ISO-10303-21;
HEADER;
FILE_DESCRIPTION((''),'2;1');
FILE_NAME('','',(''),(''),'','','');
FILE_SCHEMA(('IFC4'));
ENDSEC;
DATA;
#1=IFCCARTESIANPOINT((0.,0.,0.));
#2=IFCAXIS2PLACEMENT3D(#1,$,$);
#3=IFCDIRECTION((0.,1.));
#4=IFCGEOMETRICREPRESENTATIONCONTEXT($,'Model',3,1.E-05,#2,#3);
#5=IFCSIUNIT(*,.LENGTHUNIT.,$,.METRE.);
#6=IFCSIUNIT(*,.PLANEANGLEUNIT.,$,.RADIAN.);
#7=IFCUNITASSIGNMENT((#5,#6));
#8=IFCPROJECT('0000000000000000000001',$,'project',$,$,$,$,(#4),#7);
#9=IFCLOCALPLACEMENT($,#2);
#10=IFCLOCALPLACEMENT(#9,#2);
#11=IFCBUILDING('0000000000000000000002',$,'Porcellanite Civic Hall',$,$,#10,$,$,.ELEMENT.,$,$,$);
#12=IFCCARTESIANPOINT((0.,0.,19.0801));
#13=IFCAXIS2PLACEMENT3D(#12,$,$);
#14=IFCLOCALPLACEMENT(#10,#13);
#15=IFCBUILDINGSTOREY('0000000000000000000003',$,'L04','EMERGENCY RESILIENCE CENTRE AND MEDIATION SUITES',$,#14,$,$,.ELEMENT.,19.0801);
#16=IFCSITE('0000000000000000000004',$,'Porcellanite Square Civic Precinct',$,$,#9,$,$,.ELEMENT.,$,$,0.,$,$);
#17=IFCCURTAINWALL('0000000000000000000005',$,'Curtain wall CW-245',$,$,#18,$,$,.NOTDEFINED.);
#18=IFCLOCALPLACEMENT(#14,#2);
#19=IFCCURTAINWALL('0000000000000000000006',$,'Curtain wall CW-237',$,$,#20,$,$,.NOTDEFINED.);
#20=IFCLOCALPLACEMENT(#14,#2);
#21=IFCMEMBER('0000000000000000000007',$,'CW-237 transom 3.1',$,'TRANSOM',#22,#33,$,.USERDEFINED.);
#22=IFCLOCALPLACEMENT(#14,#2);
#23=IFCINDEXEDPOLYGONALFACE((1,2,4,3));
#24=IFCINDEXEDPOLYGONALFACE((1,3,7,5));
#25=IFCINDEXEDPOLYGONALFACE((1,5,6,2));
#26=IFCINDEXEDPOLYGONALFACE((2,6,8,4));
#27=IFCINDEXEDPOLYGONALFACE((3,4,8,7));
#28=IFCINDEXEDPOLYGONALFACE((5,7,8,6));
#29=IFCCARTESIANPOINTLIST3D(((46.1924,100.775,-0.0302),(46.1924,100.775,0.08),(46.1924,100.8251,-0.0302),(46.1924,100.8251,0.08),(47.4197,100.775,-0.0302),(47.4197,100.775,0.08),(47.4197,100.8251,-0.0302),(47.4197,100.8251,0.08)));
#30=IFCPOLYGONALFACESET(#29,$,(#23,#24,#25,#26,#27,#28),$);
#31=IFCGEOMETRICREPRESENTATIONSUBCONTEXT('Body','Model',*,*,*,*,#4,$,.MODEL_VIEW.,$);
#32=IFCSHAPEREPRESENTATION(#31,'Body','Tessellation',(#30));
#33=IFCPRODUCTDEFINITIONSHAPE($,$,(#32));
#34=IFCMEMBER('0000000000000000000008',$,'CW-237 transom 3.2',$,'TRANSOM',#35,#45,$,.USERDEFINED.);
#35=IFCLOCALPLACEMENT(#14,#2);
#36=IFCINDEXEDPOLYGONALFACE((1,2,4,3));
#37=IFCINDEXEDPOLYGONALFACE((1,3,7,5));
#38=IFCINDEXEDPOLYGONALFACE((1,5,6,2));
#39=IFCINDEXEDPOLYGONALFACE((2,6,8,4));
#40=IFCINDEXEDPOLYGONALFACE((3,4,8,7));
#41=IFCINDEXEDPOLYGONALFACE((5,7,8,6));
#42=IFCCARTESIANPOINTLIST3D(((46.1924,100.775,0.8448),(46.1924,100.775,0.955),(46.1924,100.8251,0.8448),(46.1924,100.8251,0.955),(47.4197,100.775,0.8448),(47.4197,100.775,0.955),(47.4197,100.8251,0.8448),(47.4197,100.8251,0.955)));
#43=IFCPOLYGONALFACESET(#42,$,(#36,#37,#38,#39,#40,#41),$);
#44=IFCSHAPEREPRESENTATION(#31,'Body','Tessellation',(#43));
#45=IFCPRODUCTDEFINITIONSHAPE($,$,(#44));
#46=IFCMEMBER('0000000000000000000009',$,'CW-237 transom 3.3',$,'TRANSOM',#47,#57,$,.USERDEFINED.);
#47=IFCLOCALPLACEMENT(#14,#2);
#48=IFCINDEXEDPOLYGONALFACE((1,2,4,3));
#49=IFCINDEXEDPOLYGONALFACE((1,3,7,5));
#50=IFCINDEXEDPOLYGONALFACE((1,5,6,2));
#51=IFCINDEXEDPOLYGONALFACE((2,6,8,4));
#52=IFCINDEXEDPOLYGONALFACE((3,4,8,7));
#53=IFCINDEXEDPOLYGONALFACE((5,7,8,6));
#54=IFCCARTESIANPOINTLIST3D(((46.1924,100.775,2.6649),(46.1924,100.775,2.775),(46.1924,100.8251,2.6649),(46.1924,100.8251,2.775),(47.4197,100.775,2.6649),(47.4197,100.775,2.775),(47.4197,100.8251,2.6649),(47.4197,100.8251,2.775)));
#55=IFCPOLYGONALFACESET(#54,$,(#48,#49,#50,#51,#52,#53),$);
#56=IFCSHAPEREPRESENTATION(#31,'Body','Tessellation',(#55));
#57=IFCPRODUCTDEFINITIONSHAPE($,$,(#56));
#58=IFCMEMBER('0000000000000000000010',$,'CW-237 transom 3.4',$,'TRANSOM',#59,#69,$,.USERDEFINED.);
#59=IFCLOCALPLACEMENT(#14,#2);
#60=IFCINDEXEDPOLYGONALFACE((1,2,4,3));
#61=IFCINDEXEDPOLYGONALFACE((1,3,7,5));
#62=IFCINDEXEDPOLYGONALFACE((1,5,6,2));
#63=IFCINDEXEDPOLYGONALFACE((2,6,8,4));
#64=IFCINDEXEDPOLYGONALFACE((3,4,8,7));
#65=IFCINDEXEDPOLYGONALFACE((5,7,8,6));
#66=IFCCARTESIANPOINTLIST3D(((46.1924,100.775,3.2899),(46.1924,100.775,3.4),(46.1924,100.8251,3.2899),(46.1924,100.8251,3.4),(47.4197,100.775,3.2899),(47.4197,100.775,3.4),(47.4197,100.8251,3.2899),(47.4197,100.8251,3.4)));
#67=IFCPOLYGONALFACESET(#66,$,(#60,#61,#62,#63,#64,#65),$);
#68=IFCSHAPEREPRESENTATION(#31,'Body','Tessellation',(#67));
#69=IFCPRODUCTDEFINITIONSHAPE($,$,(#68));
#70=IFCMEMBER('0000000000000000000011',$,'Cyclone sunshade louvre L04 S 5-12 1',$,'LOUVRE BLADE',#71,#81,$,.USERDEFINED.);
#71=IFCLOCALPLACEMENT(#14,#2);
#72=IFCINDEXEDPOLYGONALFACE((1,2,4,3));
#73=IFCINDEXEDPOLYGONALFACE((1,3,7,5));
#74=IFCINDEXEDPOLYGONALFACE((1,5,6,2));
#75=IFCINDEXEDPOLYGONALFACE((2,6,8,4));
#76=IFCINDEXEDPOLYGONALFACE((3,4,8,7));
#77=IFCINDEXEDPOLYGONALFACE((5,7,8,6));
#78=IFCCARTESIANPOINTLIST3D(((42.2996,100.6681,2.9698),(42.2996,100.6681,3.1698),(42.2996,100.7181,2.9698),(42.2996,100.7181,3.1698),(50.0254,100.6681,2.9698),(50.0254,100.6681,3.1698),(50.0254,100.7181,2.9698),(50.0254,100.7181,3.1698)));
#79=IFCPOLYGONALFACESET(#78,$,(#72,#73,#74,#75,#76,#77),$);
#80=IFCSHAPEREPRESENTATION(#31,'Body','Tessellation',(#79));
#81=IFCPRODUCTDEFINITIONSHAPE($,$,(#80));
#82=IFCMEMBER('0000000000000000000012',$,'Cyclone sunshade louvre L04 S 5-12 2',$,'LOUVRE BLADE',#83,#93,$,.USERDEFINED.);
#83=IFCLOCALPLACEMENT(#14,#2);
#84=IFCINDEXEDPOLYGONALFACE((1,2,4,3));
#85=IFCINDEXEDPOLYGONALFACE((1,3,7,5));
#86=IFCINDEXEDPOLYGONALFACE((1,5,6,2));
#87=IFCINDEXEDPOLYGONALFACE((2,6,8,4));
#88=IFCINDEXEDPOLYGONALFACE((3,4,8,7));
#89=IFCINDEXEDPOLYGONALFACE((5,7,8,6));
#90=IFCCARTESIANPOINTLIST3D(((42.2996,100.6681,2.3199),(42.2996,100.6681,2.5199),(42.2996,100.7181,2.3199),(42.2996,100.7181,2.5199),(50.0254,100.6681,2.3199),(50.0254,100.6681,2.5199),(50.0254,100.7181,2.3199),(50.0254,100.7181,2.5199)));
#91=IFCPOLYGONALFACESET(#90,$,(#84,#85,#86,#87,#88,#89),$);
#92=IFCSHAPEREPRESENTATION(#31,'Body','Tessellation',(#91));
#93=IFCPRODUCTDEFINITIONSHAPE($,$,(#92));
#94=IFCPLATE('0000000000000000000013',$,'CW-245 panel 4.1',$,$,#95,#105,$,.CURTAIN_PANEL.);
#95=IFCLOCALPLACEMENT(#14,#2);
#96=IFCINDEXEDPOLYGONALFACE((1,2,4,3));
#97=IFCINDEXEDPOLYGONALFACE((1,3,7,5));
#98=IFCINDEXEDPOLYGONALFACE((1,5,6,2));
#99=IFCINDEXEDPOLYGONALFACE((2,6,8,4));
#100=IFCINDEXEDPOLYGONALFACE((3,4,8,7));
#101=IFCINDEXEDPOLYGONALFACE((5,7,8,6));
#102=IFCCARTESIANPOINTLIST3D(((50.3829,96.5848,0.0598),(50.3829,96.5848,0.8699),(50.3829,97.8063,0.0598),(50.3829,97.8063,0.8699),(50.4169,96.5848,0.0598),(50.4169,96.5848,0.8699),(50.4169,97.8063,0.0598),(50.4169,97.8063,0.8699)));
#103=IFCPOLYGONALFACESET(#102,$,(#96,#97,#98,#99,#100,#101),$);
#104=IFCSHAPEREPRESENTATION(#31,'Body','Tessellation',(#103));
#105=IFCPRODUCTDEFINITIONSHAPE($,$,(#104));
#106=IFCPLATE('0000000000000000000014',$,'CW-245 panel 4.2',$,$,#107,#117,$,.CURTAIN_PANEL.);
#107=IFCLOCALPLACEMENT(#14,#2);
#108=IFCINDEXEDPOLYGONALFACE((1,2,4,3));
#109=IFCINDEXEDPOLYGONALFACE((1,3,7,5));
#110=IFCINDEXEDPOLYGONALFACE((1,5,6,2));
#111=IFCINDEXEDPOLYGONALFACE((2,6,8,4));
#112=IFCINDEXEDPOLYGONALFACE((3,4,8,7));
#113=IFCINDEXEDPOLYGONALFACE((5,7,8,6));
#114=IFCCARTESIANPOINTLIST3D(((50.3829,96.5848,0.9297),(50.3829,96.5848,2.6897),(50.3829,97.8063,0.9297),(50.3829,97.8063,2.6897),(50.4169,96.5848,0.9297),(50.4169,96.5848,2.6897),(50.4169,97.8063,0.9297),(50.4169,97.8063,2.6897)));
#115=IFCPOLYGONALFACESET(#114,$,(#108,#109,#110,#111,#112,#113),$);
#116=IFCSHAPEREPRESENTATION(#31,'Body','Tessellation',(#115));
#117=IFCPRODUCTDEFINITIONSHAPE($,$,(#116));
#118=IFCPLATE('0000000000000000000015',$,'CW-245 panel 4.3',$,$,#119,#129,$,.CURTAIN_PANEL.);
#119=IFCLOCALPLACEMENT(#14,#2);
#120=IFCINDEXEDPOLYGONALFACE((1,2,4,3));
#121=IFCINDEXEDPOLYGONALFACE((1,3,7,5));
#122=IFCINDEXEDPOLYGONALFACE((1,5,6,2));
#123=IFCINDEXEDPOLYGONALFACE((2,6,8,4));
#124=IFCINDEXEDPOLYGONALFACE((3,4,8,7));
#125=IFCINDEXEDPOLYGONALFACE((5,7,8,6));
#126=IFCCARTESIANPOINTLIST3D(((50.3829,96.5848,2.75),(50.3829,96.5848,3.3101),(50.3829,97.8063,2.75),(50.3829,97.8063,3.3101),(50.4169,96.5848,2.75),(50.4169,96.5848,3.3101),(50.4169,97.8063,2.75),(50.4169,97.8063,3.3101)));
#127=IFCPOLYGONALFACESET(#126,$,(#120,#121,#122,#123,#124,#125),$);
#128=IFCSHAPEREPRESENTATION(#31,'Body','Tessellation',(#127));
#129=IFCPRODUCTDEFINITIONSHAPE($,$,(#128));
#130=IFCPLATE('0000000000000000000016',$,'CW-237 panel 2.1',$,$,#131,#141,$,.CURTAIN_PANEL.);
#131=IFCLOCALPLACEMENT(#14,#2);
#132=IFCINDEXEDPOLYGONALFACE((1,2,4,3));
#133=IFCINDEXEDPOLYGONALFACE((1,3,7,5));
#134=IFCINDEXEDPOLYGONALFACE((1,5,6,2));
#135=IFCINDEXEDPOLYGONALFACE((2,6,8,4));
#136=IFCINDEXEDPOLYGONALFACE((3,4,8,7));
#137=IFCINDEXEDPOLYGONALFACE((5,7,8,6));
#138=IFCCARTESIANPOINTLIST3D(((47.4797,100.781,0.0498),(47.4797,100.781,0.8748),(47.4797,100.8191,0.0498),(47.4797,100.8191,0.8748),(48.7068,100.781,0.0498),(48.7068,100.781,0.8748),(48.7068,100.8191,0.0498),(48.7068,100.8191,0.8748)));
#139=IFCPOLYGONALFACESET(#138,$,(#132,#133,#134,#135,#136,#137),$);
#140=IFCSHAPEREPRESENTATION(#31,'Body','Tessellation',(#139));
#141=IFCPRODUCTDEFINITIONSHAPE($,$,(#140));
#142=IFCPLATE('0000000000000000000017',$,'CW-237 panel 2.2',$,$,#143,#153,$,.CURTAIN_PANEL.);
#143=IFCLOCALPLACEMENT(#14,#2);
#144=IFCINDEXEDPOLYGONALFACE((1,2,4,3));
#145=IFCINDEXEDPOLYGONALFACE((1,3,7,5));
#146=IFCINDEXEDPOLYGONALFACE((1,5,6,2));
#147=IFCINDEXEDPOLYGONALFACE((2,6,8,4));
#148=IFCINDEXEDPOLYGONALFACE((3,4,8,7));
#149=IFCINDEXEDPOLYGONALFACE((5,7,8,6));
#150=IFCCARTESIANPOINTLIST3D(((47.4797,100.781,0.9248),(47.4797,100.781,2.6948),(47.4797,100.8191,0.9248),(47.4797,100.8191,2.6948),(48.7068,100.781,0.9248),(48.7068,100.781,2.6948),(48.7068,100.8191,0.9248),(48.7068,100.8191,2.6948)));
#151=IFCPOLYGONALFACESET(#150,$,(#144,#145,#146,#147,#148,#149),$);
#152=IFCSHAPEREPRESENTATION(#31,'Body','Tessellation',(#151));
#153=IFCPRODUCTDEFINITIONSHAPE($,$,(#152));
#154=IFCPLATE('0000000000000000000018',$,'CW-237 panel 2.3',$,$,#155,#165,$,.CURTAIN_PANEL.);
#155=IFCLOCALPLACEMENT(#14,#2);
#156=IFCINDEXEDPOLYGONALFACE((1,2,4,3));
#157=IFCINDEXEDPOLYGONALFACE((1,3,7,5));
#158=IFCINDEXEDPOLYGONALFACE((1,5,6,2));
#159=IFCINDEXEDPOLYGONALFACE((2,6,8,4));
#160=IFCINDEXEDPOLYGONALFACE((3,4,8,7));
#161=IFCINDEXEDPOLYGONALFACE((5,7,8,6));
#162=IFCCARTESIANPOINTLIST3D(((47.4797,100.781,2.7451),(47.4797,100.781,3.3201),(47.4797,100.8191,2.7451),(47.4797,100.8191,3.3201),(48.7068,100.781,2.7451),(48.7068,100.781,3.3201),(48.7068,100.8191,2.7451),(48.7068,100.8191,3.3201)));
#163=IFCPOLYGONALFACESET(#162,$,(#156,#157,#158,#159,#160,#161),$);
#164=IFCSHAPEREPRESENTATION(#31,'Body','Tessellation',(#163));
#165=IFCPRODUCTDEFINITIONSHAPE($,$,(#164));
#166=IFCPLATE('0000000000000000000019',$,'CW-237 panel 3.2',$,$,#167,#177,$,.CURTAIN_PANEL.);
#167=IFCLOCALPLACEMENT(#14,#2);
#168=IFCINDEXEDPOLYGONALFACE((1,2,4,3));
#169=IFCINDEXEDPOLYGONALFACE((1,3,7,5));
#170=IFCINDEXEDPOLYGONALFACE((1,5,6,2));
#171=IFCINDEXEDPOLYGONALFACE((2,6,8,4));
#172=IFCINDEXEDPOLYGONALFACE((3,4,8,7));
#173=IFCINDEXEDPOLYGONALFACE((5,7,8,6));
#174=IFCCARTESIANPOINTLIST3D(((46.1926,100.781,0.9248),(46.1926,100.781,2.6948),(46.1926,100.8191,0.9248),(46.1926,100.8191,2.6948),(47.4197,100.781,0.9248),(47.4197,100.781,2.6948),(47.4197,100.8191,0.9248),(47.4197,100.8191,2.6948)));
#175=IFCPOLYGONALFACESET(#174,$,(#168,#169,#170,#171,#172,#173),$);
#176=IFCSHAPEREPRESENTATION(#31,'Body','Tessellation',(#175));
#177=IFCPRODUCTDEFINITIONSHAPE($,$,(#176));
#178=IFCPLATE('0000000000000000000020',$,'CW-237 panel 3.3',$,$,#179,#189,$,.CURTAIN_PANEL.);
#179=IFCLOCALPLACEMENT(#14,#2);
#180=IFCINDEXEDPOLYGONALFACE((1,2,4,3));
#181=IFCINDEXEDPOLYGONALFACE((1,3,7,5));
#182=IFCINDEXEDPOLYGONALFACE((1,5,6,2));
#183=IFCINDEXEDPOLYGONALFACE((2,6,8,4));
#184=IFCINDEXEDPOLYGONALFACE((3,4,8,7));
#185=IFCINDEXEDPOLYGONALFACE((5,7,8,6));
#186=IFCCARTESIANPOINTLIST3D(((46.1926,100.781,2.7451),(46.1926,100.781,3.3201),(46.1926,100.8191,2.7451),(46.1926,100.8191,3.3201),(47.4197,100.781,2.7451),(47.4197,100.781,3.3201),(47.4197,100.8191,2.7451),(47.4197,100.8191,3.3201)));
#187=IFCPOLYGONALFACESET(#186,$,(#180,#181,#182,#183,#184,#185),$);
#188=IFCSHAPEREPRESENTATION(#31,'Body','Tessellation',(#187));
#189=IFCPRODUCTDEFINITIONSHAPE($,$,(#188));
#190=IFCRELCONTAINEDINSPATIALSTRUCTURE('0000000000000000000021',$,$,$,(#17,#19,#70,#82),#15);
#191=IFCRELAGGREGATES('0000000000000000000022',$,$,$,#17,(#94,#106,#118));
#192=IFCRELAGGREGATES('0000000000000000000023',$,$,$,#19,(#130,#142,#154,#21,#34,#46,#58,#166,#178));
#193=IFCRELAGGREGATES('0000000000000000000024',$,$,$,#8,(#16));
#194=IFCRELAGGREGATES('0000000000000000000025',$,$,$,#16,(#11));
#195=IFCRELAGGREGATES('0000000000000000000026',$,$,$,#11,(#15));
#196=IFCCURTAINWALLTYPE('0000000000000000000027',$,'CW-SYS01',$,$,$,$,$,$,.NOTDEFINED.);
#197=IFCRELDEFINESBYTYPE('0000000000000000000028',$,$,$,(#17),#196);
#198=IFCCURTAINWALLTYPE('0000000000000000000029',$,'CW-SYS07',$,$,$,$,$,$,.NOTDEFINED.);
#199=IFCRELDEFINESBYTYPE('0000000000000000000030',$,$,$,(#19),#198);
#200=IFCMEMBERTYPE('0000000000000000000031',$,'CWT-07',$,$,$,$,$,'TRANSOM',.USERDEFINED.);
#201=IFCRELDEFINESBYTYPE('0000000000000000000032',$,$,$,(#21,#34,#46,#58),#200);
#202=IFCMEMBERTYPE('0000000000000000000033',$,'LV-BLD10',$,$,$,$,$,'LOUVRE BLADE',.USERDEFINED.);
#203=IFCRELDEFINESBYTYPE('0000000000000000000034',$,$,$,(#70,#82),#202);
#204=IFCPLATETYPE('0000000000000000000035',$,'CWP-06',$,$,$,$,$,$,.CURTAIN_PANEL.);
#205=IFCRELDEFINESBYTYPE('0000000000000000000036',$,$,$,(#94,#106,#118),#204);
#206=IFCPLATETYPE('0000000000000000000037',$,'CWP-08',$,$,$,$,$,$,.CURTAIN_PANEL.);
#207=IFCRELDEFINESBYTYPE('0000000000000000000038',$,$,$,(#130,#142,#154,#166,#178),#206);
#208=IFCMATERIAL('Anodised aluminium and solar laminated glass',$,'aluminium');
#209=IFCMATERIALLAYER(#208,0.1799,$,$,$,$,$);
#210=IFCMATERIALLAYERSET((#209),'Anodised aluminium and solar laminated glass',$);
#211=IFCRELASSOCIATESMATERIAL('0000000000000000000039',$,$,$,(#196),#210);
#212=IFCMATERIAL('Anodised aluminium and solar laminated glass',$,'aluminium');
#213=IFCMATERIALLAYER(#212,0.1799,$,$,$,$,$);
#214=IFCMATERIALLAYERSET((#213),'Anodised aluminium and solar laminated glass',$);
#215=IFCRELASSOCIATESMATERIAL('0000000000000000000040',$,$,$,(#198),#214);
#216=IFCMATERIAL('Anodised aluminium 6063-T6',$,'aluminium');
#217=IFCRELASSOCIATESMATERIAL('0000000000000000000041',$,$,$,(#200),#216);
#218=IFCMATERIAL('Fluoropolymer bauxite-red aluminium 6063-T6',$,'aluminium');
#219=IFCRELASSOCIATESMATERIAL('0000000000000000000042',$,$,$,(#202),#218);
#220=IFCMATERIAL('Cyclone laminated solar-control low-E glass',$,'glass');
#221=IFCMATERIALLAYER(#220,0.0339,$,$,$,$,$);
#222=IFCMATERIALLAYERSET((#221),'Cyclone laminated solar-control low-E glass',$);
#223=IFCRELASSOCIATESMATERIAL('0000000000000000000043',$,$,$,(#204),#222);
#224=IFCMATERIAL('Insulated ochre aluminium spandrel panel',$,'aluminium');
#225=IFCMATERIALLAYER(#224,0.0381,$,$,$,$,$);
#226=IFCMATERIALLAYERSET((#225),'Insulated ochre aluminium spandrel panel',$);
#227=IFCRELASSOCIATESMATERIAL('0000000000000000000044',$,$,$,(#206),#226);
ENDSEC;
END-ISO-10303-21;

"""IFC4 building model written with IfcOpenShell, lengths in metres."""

from ifc_helpers import new_model, si_unit, direction, frame, origin, origin_2d, place, context, subcontext, project, spatial, rectangle, extrude, material, layer, layer_set, material_profile, profile_set, type_object, element, aggregate, save


model = new_model("IFC4")

# Units and contexts
model_context = context("Model", 3, precision=1e-05, world=origin(), true_north=direction((0.0, 1.0)))
body_context = subcontext(model_context, "Body", "Model", "MODEL_VIEW")
ifc_project = project(units=[si_unit("LENGTHUNIT", "METRE"), si_unit("PLANEANGLEUNIT", "RADIAN")], contexts=[model_context])

# Site, building, storey
site_placement = place(None, origin())
site = spatial("IfcSite", under=ifc_project, at=site_placement, Name="Porcellanite Square Civic Precinct", CompositionType="ELEMENT", RefElevation=0.0)
building_placement = place(site_placement, origin())
building = spatial("IfcBuilding", under=site, at=building_placement, Name="Porcellanite Civic Hall", CompositionType="ELEMENT")
storey_placement = place(building_placement, frame((0.0, 0.0, 19.0801)))
storey = spatial("IfcBuildingStorey", under=building, at=storey_placement, Name="L04", Description="EMERGENCY RESILIENCE CENTRE AND MEDIATION SUITES", CompositionType="ELEMENT", Elevation=19.0801)

# Curtain wall
ifc_material_1 = material(Name="Anodised aluminium and solar laminated glass", Category="aluminium")
ifc_layer_1 = layer(ifc_material_1, 0.1799)
ifc_layer_set_1 = layer_set([ifc_layer_1], Name="Anodised aluminium and solar laminated glass")
curtain_wall_type_1 = type_object("IfcCurtainWallType", Name="CW-SYS01", PredefinedType="NOTDEFINED", material=ifc_layer_set_1)
curtain_wall_1_placement = place(storey_placement, origin())
curtain_wall_1 = element("IfcCurtainWall", 1, at=curtain_wall_1_placement, inside=storey, type_object=curtain_wall_type_1, Name="Curtain wall CW-245", PredefinedType="NOTDEFINED")

# Curtain wall
ifc_material_2 = material(Name="Anodised aluminium and solar laminated glass", Category="aluminium")
ifc_layer_2 = layer(ifc_material_2, 0.1799)
ifc_layer_set_2 = layer_set([ifc_layer_2], Name="Anodised aluminium and solar laminated glass")
curtain_wall_type_2 = type_object("IfcCurtainWallType", Name="CW-SYS07", PredefinedType="NOTDEFINED", material=ifc_layer_set_2)
curtain_wall_2_placement = place(storey_placement, origin())
curtain_wall_2 = element("IfcCurtainWall", 2, at=curtain_wall_2_placement, inside=storey, type_object=curtain_wall_type_2, Name="Curtain wall CW-237", PredefinedType="NOTDEFINED")

# Members
ifc_material_3 = material(Name="Anodised aluminium 6063-T6", Category="aluminium")
ifc_material_profile_1 = material_profile(ifc_material_3, rectangle(XDim=0.05, YDim=0.1101, at=origin_2d()), Name="AL-50x110")
ifc_profile_set_1 = profile_set([ifc_material_profile_1], Name="Anodised aluminium 6063-T6")
member_type_1 = type_object("IfcMemberType", Name="CWT-07", ElementType="TRANSOM", PredefinedType="USERDEFINED", material=ifc_profile_set_1)
member_1_placement = place(storey_placement, frame((47.4197, 100.8, 0.0249), z_axis=(-1.0, 0.0, 0.0), x_axis=(0.0, -1.0, 0.0)))
member_1 = element("IfcMember", 3, at=member_1_placement, type_object=member_type_1, Name="CW-237 transom 3.1", ObjectType="TRANSOM", PredefinedType="USERDEFINED", context=body_context, shape_type="SweptSolid", body=[
    extrude(rectangle(XDim=0.05, YDim=0.1101, at=origin_2d()), origin(), (0.0, 0.0, 1.0), 1.2273),
])
member_2_placement = place(storey_placement, frame((47.4197, 100.8, 0.8999), z_axis=(-1.0, 0.0, 0.0), x_axis=(0.0, -1.0, 0.0)))
member_2 = element("IfcMember", 4, at=member_2_placement, type_object=member_type_1, Name="CW-237 transom 3.2", ObjectType="TRANSOM", PredefinedType="USERDEFINED", context=body_context, shape_type="SweptSolid", body=[
    extrude(rectangle(XDim=0.05, YDim=0.1101, at=origin_2d()), origin(), (0.0, 0.0, 1.0), 1.2273),
])
member_3_placement = place(storey_placement, frame((47.4197, 100.8, 2.72), z_axis=(-1.0, 0.0, 0.0), x_axis=(0.0, -1.0, 0.0)))
member_3 = element("IfcMember", 5, at=member_3_placement, type_object=member_type_1, Name="CW-237 transom 3.3", ObjectType="TRANSOM", PredefinedType="USERDEFINED", context=body_context, shape_type="SweptSolid", body=[
    extrude(rectangle(XDim=0.05, YDim=0.1101, at=origin_2d()), origin(), (0.0, 0.0, 1.0), 1.2273),
])
member_4_placement = place(storey_placement, frame((47.4197, 100.8, 3.345), z_axis=(-1.0, 0.0, 0.0), x_axis=(0.0, -1.0, 0.0)))
member_4 = element("IfcMember", 6, at=member_4_placement, type_object=member_type_1, Name="CW-237 transom 3.4", ObjectType="TRANSOM", PredefinedType="USERDEFINED", context=body_context, shape_type="SweptSolid", body=[
    extrude(rectangle(XDim=0.05, YDim=0.1101, at=origin_2d()), origin(), (0.0, 0.0, 1.0), 1.2273),
])

# Members
ifc_material_4 = material(Name="Fluoropolymer bauxite-red aluminium 6063-T6", Category="aluminium")
ifc_material_profile_2 = material_profile(ifc_material_4, rectangle(XDim=0.05, YDim=0.2, at=origin_2d()), Name="AL-50x200")
ifc_profile_set_2 = profile_set([ifc_material_profile_2], Name="Fluoropolymer bauxite-red aluminium 6063-T6")
member_type_2 = type_object("IfcMemberType", Name="LV-BLD10", ElementType="LOUVRE BLADE", PredefinedType="USERDEFINED", material=ifc_profile_set_2)
for number, where, z_axis, x_axis, name in (
    (7, (50.0254, 100.6931, 3.0698), (-1.0, 0.0, 0.0), (0.0, -1.0, 0.0), "Cyclone sunshade louvre L04 S 5-12 1"),
    (8, (50.0254, 100.6931, 2.4199), (-1.0, 0.0, 0.0), (0.0, -1.0, 0.0), "Cyclone sunshade louvre L04 S 5-12 2"),
):
    element("IfcMember", number, at=place(storey_placement, frame(where, z_axis=z_axis, x_axis=x_axis)), inside=storey, type_object=member_type_2, Name=name, ObjectType="LOUVRE BLADE", PredefinedType="USERDEFINED", context=body_context, shape_type="SweptSolid", body=[
        extrude(rectangle(XDim=0.05, YDim=0.2, at=origin_2d()), origin(), (0.0, 0.0, 1.0), 7.7258),
    ])

# Plates
ifc_material_5 = material(Name="Cyclone laminated solar-control low-E glass", Category="glass")
ifc_layer_3 = layer(ifc_material_5, 0.0339)
ifc_layer_set_3 = layer_set([ifc_layer_3], Name="Cyclone laminated solar-control low-E glass")
plate_type_1 = type_object("IfcPlateType", Name="CWP-06", PredefinedType="CURTAIN_PANEL", material=ifc_layer_set_3)
plate_1_placement = place(storey_placement, frame((50.3999, 97.1956, 0.0598), z_axis=(0.0, 0.0, 1.0), x_axis=(0.0, 1.0, 0.0)))
plate_1 = element("IfcPlate", 9, at=plate_1_placement, type_object=plate_type_1, Name="CW-245 panel 4.1", PredefinedType="CURTAIN_PANEL", context=body_context, shape_type="SweptSolid", body=[
    extrude(rectangle(XDim=1.2214, YDim=0.0339, at=origin_2d()), origin(), (0.0, 0.0, 1.0), 0.8101),
])
plate_2_placement = place(storey_placement, frame((50.3999, 97.1956, 0.9297), z_axis=(0.0, 0.0, 1.0), x_axis=(0.0, 1.0, 0.0)))
plate_2 = element("IfcPlate", 10, at=plate_2_placement, type_object=plate_type_1, Name="CW-245 panel 4.2", PredefinedType="CURTAIN_PANEL", context=body_context, shape_type="SweptSolid", body=[
    extrude(rectangle(XDim=1.2214, YDim=0.0339, at=origin_2d()), origin(), (0.0, 0.0, 1.0), 1.76),
])
plate_3_placement = place(storey_placement, frame((50.3999, 97.1956, 2.75), z_axis=(0.0, 0.0, 1.0), x_axis=(0.0, 1.0, 0.0)))
plate_3 = element("IfcPlate", 11, at=plate_3_placement, type_object=plate_type_1, Name="CW-245 panel 4.3", PredefinedType="CURTAIN_PANEL", context=body_context, shape_type="SweptSolid", body=[
    extrude(rectangle(XDim=1.2214, YDim=0.0339, at=origin_2d()), origin(), (0.0, 0.0, 1.0), 0.5601),
])
aggregate(curtain_wall_1, [plate_1, plate_2, plate_3])
ifc_material_6 = material(Name="Insulated ochre aluminium spandrel panel", Category="aluminium")
ifc_layer_4 = layer(ifc_material_6, 0.0381)
ifc_layer_set_4 = layer_set([ifc_layer_4], Name="Insulated ochre aluminium spandrel panel")
plate_type_2 = type_object("IfcPlateType", Name="CWP-08", PredefinedType="CURTAIN_PANEL", material=ifc_layer_set_4)
plate_4_placement = place(storey_placement, frame((48.0933, 100.8, 0.0498), z_axis=(0.0, 0.0, 1.0), x_axis=(-1.0, 0.0, 0.0)))
plate_4 = element("IfcPlate", 12, at=plate_4_placement, type_object=plate_type_2, Name="CW-237 panel 2.1", PredefinedType="CURTAIN_PANEL", context=body_context, shape_type="SweptSolid", body=[
    extrude(rectangle(XDim=1.2271, YDim=0.0381, at=origin_2d()), origin(), (0.0, 0.0, 1.0), 0.825),
])
plate_5_placement = place(storey_placement, frame((48.0933, 100.8, 0.9248), z_axis=(0.0, 0.0, 1.0), x_axis=(-1.0, 0.0, 0.0)))
plate_5 = element("IfcPlate", 13, at=plate_5_placement, type_object=plate_type_2, Name="CW-237 panel 2.2", PredefinedType="CURTAIN_PANEL", context=body_context, shape_type="SweptSolid", body=[
    extrude(rectangle(XDim=1.2271, YDim=0.0381, at=origin_2d()), origin(), (0.0, 0.0, 1.0), 1.77),
])
plate_6_placement = place(storey_placement, frame((48.0933, 100.8, 2.7451), z_axis=(0.0, 0.0, 1.0), x_axis=(-1.0, 0.0, 0.0)))
plate_6 = element("IfcPlate", 14, at=plate_6_placement, type_object=plate_type_2, Name="CW-237 panel 2.3", PredefinedType="CURTAIN_PANEL", context=body_context, shape_type="SweptSolid", body=[
    extrude(rectangle(XDim=1.2271, YDim=0.0381, at=origin_2d()), origin(), (0.0, 0.0, 1.0), 0.575),
])
plate_7_placement = place(storey_placement, frame((46.8062, 100.8, 0.9248), z_axis=(0.0, 0.0, 1.0), x_axis=(-1.0, 0.0, 0.0)))
plate_7 = element("IfcPlate", 15, at=plate_7_placement, type_object=plate_type_2, Name="CW-237 panel 3.2", PredefinedType="CURTAIN_PANEL", context=body_context, shape_type="SweptSolid", body=[
    extrude(rectangle(XDim=1.2271, YDim=0.0381, at=origin_2d()), origin(), (0.0, 0.0, 1.0), 1.77),
])
plate_8_placement = place(storey_placement, frame((46.8062, 100.8, 2.7451), z_axis=(0.0, 0.0, 1.0), x_axis=(-1.0, 0.0, 0.0)))
plate_8 = element("IfcPlate", 16, at=plate_8_placement, type_object=plate_type_2, Name="CW-237 panel 3.3", PredefinedType="CURTAIN_PANEL", context=body_context, shape_type="SweptSolid", body=[
    extrude(rectangle(XDim=1.2271, YDim=0.0381, at=origin_2d()), origin(), (0.0, 0.0, 1.0), 0.575),
])
aggregate(curtain_wall_2, [plate_4, plate_5, plate_6, member_1, member_2, member_3, member_4, plate_7, plate_8])

save(model, "model.ifc")
